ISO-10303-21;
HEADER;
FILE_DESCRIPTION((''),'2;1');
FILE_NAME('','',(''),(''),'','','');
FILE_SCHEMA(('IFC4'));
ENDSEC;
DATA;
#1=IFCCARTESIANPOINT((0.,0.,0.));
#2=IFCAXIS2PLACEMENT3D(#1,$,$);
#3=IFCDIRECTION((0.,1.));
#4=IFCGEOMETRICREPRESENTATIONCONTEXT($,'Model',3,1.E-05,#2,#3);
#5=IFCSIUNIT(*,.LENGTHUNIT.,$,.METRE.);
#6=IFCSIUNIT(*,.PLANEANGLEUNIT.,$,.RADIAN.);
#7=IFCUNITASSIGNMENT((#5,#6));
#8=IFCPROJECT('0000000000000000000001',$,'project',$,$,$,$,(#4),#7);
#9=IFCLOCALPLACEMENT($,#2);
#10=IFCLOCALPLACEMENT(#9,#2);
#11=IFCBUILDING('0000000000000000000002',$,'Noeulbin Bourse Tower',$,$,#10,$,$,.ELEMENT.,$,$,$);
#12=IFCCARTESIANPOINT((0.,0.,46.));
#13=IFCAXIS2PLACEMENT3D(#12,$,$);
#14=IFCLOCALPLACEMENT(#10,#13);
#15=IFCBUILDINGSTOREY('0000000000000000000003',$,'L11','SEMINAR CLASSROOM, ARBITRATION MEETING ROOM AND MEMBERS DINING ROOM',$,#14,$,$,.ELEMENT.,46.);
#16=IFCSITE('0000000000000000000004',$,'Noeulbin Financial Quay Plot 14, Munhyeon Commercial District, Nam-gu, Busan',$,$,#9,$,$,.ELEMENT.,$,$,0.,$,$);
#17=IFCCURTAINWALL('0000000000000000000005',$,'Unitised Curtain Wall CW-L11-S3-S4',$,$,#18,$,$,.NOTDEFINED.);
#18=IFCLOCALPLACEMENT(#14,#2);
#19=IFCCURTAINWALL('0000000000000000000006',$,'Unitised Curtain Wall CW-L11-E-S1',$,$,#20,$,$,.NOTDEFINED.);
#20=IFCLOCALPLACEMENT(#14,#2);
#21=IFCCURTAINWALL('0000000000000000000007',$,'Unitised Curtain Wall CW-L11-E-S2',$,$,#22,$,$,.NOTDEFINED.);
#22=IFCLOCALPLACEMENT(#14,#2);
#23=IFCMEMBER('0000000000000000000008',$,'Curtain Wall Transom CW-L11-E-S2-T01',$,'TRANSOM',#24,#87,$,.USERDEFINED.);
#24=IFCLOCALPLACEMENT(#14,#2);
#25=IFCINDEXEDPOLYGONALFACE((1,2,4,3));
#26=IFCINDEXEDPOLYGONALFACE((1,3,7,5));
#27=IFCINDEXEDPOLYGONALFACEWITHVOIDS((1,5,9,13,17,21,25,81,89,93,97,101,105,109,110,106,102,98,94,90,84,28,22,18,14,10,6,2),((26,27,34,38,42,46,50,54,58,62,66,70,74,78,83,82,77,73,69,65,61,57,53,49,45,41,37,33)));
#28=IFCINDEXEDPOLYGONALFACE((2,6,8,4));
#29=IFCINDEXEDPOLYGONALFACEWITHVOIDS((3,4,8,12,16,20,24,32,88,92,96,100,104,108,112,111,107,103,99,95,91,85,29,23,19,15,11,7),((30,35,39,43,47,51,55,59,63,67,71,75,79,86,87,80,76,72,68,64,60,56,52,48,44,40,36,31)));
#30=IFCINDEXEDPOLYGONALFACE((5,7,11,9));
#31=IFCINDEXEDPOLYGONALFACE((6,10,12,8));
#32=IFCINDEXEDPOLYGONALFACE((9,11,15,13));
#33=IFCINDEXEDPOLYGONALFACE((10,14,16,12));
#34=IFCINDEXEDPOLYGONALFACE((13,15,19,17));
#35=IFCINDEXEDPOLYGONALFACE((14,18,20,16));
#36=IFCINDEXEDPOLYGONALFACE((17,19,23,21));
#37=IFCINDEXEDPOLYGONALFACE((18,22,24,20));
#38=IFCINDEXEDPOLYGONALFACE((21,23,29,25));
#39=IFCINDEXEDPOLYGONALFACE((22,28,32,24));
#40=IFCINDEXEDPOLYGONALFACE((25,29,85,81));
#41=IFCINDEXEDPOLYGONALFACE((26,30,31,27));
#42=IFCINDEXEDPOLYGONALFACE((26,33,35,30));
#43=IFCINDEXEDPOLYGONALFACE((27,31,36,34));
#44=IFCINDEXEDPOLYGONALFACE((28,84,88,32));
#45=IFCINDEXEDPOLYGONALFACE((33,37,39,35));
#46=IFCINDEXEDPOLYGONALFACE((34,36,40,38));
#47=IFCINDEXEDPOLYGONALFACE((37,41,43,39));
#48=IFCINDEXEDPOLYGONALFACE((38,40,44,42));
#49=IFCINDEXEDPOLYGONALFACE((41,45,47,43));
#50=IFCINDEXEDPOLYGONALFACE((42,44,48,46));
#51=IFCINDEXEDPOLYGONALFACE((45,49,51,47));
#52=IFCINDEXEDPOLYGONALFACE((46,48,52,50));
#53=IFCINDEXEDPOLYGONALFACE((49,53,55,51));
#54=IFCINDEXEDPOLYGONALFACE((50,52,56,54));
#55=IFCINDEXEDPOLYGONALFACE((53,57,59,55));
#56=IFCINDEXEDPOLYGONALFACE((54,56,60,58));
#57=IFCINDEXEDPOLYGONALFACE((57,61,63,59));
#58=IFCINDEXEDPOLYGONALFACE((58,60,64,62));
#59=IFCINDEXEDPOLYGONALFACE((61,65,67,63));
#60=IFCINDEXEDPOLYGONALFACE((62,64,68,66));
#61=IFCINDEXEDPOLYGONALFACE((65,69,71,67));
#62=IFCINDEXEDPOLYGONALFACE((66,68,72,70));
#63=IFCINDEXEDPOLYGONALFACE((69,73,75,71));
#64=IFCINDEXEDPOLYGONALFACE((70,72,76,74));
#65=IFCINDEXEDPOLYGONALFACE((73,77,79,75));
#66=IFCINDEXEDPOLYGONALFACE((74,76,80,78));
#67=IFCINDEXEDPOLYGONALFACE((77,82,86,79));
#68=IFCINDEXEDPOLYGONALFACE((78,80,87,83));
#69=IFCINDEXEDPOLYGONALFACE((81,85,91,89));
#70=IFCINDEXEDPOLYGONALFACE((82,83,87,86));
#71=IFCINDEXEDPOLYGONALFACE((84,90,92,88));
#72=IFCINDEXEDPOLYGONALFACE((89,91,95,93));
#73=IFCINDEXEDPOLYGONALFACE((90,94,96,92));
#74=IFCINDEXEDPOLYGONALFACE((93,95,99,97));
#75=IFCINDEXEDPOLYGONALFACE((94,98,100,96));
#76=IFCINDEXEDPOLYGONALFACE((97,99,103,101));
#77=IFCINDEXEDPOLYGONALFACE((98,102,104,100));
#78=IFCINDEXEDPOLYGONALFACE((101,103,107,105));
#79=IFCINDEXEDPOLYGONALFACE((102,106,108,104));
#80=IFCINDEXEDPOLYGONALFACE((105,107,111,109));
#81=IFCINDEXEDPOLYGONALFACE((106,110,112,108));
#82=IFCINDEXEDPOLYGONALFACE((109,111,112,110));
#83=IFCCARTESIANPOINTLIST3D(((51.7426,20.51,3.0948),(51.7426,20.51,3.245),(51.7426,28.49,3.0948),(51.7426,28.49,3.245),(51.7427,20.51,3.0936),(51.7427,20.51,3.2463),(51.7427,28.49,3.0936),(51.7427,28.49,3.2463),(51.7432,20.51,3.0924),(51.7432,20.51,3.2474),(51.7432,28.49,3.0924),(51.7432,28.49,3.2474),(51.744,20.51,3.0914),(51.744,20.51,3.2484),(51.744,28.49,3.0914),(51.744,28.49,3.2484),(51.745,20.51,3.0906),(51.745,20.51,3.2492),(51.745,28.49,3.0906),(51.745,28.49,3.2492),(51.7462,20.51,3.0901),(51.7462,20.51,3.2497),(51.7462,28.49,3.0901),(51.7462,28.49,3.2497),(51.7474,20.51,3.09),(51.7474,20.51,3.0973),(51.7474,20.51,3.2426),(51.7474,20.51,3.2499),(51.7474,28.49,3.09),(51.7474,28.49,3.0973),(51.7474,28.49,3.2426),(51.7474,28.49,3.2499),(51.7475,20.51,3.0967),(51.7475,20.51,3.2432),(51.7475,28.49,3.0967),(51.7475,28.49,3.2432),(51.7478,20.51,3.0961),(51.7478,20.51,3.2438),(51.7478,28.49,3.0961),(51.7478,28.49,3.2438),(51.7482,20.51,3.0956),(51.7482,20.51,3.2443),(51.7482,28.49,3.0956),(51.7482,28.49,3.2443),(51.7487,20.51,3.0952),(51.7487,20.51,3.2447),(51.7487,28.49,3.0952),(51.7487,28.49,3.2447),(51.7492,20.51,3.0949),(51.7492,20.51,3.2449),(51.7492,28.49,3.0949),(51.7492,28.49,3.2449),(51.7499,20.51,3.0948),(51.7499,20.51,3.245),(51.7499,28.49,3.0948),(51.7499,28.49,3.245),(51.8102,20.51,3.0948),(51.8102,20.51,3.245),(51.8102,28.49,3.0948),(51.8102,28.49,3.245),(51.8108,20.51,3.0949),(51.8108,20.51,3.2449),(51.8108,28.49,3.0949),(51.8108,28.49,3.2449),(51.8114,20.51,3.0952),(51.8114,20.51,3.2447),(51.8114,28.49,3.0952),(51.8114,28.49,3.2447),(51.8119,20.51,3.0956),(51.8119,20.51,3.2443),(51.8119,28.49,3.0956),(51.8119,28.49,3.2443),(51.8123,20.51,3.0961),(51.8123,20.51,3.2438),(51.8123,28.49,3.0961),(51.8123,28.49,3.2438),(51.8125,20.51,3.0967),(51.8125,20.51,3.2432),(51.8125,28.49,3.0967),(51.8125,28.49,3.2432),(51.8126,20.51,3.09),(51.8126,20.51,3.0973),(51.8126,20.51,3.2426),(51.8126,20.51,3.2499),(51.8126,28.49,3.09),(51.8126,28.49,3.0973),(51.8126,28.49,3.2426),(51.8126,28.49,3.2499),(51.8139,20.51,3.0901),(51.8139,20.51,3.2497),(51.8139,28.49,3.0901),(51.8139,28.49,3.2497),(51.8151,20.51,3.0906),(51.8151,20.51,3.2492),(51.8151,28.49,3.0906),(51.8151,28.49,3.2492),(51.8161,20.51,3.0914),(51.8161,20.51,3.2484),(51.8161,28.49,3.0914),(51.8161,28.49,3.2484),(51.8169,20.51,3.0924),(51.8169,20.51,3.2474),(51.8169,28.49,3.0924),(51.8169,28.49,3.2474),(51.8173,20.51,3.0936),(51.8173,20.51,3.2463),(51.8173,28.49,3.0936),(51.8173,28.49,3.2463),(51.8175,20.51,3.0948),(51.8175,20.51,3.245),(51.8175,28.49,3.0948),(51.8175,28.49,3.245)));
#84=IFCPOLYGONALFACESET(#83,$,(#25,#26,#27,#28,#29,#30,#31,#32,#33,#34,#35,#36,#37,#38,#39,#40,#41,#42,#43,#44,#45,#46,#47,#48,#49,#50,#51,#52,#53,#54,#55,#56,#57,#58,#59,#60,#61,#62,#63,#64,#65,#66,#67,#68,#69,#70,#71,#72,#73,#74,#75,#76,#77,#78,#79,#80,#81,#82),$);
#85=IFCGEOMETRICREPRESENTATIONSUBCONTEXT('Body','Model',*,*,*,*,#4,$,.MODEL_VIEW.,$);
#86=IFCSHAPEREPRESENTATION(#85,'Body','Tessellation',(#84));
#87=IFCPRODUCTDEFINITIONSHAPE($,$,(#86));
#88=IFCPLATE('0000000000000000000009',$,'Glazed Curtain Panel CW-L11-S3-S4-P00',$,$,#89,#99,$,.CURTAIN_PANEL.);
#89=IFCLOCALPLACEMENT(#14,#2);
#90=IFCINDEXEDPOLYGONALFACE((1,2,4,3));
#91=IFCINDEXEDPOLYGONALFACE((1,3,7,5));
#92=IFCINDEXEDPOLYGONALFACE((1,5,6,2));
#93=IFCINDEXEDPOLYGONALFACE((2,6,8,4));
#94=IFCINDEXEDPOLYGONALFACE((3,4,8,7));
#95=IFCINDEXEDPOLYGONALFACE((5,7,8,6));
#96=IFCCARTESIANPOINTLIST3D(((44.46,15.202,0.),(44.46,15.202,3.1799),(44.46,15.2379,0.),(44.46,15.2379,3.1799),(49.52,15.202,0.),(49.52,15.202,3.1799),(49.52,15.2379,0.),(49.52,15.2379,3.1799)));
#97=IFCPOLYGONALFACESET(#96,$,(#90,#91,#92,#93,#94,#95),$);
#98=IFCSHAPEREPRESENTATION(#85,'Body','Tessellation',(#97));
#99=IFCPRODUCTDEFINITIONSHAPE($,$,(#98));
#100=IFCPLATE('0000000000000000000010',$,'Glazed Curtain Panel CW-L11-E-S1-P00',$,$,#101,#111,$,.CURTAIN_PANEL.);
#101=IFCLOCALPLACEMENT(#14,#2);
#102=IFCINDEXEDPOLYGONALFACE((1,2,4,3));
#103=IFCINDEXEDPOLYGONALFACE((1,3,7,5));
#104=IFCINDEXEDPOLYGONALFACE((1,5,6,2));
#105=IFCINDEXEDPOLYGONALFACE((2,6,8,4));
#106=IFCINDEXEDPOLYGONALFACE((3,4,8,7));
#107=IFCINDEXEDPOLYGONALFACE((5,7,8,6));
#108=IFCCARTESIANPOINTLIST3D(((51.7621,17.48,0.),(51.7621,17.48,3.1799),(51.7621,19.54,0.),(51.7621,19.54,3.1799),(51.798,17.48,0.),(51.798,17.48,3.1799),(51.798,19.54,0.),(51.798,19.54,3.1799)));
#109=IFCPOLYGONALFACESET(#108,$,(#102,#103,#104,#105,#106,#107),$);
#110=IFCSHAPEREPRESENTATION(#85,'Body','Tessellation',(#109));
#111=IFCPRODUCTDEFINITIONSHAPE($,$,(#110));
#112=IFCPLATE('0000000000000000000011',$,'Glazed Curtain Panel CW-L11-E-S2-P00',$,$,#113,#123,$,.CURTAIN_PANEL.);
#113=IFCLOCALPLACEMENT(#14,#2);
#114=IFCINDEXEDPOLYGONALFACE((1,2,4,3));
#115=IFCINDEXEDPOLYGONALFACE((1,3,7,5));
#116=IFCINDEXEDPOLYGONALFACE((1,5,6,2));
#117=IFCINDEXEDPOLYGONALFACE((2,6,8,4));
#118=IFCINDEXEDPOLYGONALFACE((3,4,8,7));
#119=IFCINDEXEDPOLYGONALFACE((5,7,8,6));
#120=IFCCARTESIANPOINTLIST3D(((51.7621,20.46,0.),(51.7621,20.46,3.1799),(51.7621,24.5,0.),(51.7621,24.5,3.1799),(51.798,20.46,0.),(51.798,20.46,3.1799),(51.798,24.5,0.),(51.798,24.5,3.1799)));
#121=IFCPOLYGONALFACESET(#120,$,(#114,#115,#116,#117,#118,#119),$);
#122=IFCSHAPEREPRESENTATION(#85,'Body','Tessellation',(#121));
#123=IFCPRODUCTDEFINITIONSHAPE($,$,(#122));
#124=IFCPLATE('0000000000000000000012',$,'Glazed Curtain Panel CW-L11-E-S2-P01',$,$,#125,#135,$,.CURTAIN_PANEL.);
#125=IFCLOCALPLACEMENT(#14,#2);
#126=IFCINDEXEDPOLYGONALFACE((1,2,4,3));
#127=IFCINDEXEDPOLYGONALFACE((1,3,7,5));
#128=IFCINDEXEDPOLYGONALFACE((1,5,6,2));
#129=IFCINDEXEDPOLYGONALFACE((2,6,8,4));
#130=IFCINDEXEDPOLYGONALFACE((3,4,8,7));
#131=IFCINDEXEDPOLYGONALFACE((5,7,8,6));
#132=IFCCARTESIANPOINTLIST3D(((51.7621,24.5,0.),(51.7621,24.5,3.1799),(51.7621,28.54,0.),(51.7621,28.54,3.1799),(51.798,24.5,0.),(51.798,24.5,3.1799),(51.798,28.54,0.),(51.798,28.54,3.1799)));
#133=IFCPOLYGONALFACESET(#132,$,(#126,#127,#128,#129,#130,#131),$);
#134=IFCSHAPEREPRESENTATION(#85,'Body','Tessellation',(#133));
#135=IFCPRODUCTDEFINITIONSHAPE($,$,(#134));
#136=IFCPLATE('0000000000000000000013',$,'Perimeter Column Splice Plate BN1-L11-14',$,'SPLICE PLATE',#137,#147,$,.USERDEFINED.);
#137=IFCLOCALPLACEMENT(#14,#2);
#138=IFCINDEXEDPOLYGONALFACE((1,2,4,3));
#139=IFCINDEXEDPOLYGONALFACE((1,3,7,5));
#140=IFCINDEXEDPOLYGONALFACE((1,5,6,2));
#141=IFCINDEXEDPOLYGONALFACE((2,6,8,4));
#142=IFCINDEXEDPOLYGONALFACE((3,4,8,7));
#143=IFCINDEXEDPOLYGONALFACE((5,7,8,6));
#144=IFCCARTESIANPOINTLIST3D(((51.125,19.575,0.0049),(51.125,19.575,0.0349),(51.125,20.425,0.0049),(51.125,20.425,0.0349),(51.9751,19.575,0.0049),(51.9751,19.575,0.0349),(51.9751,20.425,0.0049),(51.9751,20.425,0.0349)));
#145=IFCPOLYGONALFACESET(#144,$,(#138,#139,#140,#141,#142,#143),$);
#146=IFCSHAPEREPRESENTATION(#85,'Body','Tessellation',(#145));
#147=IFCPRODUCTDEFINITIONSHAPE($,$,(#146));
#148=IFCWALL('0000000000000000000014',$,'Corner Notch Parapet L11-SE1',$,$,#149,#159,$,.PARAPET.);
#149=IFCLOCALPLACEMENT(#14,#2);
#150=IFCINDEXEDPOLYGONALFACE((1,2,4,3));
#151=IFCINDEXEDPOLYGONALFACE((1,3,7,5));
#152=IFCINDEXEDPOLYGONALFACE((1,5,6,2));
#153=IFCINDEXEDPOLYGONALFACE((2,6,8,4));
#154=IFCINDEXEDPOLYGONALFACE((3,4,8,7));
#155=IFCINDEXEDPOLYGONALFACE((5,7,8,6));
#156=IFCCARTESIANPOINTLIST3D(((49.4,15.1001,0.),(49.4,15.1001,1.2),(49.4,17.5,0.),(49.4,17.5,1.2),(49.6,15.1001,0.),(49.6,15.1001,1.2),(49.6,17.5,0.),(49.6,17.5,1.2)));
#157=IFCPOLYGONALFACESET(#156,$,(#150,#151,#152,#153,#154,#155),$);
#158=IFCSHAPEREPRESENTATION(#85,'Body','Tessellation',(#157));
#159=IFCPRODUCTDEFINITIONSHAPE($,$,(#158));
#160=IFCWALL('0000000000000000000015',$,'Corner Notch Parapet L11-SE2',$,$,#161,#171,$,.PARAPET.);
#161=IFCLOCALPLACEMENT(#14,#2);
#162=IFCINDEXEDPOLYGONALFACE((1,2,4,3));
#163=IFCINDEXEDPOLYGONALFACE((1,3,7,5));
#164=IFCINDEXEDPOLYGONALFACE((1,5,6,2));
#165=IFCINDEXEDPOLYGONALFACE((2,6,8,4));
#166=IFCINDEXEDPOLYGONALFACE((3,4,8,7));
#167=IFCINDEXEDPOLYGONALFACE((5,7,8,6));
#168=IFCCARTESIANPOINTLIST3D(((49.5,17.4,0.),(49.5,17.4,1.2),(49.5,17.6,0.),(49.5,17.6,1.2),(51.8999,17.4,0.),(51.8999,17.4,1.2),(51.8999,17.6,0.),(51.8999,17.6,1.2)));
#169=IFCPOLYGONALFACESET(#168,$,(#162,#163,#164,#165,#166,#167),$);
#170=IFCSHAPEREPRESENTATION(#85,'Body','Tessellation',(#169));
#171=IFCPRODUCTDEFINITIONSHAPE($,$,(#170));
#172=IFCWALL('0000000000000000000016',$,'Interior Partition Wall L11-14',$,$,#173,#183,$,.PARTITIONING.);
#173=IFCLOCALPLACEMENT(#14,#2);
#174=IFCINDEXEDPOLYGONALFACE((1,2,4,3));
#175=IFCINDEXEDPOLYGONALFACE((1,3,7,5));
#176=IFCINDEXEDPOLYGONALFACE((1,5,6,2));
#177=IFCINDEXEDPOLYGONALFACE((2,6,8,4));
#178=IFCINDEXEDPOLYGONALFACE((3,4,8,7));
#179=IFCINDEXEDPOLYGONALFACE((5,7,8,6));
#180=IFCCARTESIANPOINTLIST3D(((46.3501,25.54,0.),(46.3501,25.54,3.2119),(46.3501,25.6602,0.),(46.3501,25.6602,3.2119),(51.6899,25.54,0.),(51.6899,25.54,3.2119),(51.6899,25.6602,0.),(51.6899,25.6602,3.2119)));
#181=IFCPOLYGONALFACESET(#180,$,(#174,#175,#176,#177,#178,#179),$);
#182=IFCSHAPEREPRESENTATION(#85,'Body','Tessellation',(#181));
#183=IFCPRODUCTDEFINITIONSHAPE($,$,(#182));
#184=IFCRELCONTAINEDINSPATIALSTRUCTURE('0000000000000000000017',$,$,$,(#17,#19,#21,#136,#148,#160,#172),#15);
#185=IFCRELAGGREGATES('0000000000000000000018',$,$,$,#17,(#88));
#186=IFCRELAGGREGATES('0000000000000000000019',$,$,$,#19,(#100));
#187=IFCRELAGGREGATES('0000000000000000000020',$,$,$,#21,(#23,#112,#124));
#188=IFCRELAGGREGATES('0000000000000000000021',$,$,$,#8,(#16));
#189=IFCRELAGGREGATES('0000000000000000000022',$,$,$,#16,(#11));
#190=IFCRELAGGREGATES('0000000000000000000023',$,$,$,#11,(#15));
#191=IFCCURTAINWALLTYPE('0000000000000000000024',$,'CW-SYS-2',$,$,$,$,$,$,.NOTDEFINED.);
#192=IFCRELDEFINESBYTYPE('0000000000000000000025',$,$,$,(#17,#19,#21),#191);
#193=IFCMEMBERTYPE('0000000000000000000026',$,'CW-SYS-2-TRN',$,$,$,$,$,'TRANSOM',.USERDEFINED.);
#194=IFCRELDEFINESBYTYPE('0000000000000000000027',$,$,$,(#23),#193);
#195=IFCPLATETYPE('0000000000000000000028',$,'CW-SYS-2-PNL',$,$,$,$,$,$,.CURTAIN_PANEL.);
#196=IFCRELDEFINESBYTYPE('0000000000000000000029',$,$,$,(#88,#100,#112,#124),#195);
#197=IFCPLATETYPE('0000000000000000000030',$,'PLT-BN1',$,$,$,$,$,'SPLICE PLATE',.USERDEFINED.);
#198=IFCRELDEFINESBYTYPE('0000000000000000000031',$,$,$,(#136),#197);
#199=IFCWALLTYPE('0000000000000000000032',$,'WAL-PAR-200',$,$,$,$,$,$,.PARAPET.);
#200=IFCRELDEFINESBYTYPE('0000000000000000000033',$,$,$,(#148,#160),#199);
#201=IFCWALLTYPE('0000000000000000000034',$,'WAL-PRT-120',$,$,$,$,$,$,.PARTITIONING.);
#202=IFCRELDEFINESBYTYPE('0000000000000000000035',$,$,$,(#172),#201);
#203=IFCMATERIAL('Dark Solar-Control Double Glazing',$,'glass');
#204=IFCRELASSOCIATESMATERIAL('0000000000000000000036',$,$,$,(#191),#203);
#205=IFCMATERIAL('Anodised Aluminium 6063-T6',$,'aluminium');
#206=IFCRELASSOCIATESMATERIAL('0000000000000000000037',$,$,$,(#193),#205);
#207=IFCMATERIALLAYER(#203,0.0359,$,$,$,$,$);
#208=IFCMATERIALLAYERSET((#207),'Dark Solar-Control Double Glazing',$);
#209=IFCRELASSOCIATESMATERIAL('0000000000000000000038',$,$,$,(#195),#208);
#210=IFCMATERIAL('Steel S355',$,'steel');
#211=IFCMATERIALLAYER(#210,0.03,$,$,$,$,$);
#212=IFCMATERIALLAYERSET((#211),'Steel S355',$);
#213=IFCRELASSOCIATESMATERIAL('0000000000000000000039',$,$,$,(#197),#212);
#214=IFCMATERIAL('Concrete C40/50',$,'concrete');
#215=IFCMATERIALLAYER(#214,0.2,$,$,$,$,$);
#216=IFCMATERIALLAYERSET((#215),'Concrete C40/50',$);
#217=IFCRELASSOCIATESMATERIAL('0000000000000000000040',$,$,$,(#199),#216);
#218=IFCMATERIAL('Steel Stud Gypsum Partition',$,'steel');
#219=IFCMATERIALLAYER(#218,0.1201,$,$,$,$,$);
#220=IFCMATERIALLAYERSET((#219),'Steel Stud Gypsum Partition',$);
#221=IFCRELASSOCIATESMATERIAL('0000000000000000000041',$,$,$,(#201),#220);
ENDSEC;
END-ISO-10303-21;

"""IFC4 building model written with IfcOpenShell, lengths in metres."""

from ifc_helpers import new_model, si_unit, direction, frame, frame_2d, origin, origin_2d, place, context, subcontext, project, spatial, rectangle, hollow_rectangle, extrude, material, layer, layer_set, material_profile, profile_set, type_object, element, aggregate, save


model = new_model("IFC4")

# Units and contexts
model_context = context("Model", 3, precision=1e-05, world=origin(), true_north=direction((0.0, 1.0)))
body_context = subcontext(model_context, "Body", "Model", "MODEL_VIEW")
ifc_project = project(units=[si_unit("LENGTHUNIT", "METRE"), si_unit("PLANEANGLEUNIT", "RADIAN")], contexts=[model_context])

# Site, building, storey
site_placement = place(None, origin())
site = spatial("IfcSite", under=ifc_project, at=site_placement, Name="Noeulbin Financial Quay Plot 14, Munhyeon Commercial District, Nam-gu, Busan", CompositionType="ELEMENT", RefElevation=0.0)
building_placement = place(site_placement, origin())
building = spatial("IfcBuilding", under=site, at=building_placement, Name="Noeulbin Bourse Tower", CompositionType="ELEMENT")
storey_placement = place(building_placement, frame((0.0, 0.0, 46.0)))
storey = spatial("IfcBuildingStorey", under=building, at=storey_placement, Name="L11", Description="SEMINAR CLASSROOM, ARBITRATION MEETING ROOM AND MEMBERS DINING ROOM", CompositionType="ELEMENT", Elevation=46.0)

# Shared definitions
ifc_material_1 = material(Name="Steel S355", Category="steel")

# Curtain walls
ifc_material_2 = material(Name="Dark Solar-Control Double Glazing", Category="glass")
curtain_wall_type = type_object("IfcCurtainWallType", Name="CW-SYS-2", PredefinedType="NOTDEFINED", material=ifc_material_2)
curtain_wall_1_placement = place(storey_placement, origin())
curtain_wall_1 = element("IfcCurtainWall", 1, at=curtain_wall_1_placement, inside=storey, type_object=curtain_wall_type, Name="Unitised Curtain Wall CW-L11-S3-S4", PredefinedType="NOTDEFINED")
ifc_material_3 = material(Name="Anodised Aluminium 6063-T6", Category="aluminium")
curtain_wall_2_placement = place(storey_placement, origin())
curtain_wall_2 = element("IfcCurtainWall", 2, at=curtain_wall_2_placement, inside=storey, type_object=curtain_wall_type, Name="Unitised Curtain Wall CW-L11-E-S1", PredefinedType="NOTDEFINED")
curtain_wall_3_placement = place(storey_placement, origin())
curtain_wall_3 = element("IfcCurtainWall", 3, at=curtain_wall_3_placement, inside=storey, type_object=curtain_wall_type, Name="Unitised Curtain Wall CW-L11-E-S2", PredefinedType="NOTDEFINED")

# Member
ifc_material_profile_1 = material_profile(ifc_material_3, hollow_rectangle(XDim=0.075, YDim=0.1599, WallThickness=0.0049, InnerFilletRadius=0.0024, OuterFilletRadius=0.0049, at=origin_2d()), Name="ALU-TRAN-75x160x5", Category="LoadBearing")
ifc_profile_set_1 = profile_set([ifc_material_profile_1], Name="Anodised Aluminium 6063-T6")
member_type_1 = type_object("IfcMemberType", Name="CW-SYS-2-TRN", ElementType="TRANSOM", PredefinedType="USERDEFINED", material=ifc_profile_set_1)
member_1_placement = place(storey_placement, frame((51.78, 20.51, 3.1699), z_axis=(0.0, 1.0, 0.0), x_axis=(-1.0, 0.0, 0.0)))
member_1 = element("IfcMember", 4, at=member_1_placement, type_object=member_type_1, Name="Curtain Wall Transom CW-L11-E-S2-T01", ObjectType="TRANSOM", PredefinedType="USERDEFINED", context=body_context, shape_type="SweptSolid", body=[
    extrude(hollow_rectangle(XDim=0.075, YDim=0.1599, WallThickness=0.0049, InnerFilletRadius=0.0024, OuterFilletRadius=0.0049, at=origin_2d()), origin(), (0.0, 0.0, 1.0), 7.98),
])

# Plates
ifc_layer_1 = layer(ifc_material_2, 0.0359)
ifc_layer_set_1 = layer_set([ifc_layer_1], Name="Dark Solar-Control Double Glazing")
plate_type_1 = type_object("IfcPlateType", Name="CW-SYS-2-PNL", PredefinedType="CURTAIN_PANEL", material=ifc_layer_set_1)
plate_1_placement = place(storey_placement, frame((46.99, 15.22, 0.0), z_axis=(0.0, 0.0, 1.0), x_axis=(1.0, 0.0, 0.0)))
plate_1 = element("IfcPlate", 5, at=plate_1_placement, type_object=plate_type_1, Name="Glazed Curtain Panel CW-L11-S3-S4-P00", PredefinedType="CURTAIN_PANEL", context=body_context, shape_type="SweptSolid", body=[
    extrude(rectangle(XDim=5.0601, YDim=0.0359, at=origin_2d()), origin(), (0.0, 0.0, 1.0), 3.1799),
])
aggregate(curtain_wall_1, [plate_1])
plate_2_placement = place(storey_placement, frame((51.78, 18.51, 0.0), z_axis=(0.0, 0.0, 1.0), x_axis=(0.0, 1.0, 0.0)))
plate_2 = element("IfcPlate", 6, at=plate_2_placement, type_object=plate_type_1, Name="Glazed Curtain Panel CW-L11-E-S1-P00", PredefinedType="CURTAIN_PANEL", context=body_context, shape_type="SweptSolid", body=[
    extrude(rectangle(XDim=2.0601, YDim=0.0359, at=origin_2d()), origin(), (0.0, 0.0, 1.0), 3.1799),
])
aggregate(curtain_wall_2, [plate_2])
plate_3_placement = place(storey_placement, frame((51.78, 22.48, 0.0), z_axis=(0.0, 0.0, 1.0), x_axis=(0.0, 1.0, 0.0)))
plate_3 = element("IfcPlate", 7, at=plate_3_placement, type_object=plate_type_1, Name="Glazed Curtain Panel CW-L11-E-S2-P00", PredefinedType="CURTAIN_PANEL", context=body_context, shape_type="SweptSolid", body=[
    extrude(rectangle(XDim=4.04, YDim=0.0359, at=origin_2d()), origin(), (0.0, 0.0, 1.0), 3.1799),
])
plate_4_placement = place(storey_placement, frame((51.78, 26.52, 0.0), z_axis=(0.0, 0.0, 1.0), x_axis=(0.0, 1.0, 0.0)))
plate_4 = element("IfcPlate", 8, at=plate_4_placement, type_object=plate_type_1, Name="Glazed Curtain Panel CW-L11-E-S2-P01", PredefinedType="CURTAIN_PANEL", context=body_context, shape_type="SweptSolid", body=[
    extrude(rectangle(XDim=4.04, YDim=0.0359, at=origin_2d()), origin(), (0.0, 0.0, 1.0), 3.1799),
])
aggregate(curtain_wall_3, [member_1, plate_3, plate_4])
ifc_layer_2 = layer(ifc_material_1, 0.03)
ifc_layer_set_2 = layer_set([ifc_layer_2], Name="Steel S355")
plate_type_2 = type_object("IfcPlateType", Name="PLT-BN1", ElementType="SPLICE PLATE", PredefinedType="USERDEFINED", material=ifc_layer_set_2)
plate_5_placement = place(storey_placement, frame((51.55, 20.0, 0.0049), z_axis=(0.0, 0.0, 1.0), x_axis=(1.0, 0.0, 0.0)))
element("IfcPlate", 9, at=plate_5_placement, inside=storey, type_object=plate_type_2, Name="Perimeter Column Splice Plate BN1-L11-14", ObjectType="SPLICE PLATE", PredefinedType="USERDEFINED", context=body_context, shape_type="SweptSolid", body=[
    extrude(rectangle(XDim=0.8501, YDim=0.8501, at=origin_2d()), origin(), (0.0, 0.0, 1.0), 0.03),
])

# Walls
ifc_material_4 = material(Name="Concrete C40/50", Category="concrete")
ifc_layer_3 = layer(ifc_material_4, 0.2)
ifc_layer_set_3 = layer_set([ifc_layer_3], Name="Concrete C40/50")
wall_type_1 = type_object("IfcWallType", Name="WAL-PAR-200", PredefinedType="PARAPET", material=ifc_layer_set_3)
for number, where, z_axis, x_axis, name in (
    (10, (49.5, 15.1001, 0.0), (0.0, 0.0, 1.0), (0.0, 1.0, 0.0), "Corner Notch Parapet L11-SE1"),
    (11, (49.5, 17.5, 0.0), (0.0, 0.0, 1.0), (1.0, 0.0, 0.0), "Corner Notch Parapet L11-SE2"),
):
    element("IfcWall", number, at=place(storey_placement, frame(where, z_axis=z_axis, x_axis=x_axis)), inside=storey, type_object=wall_type_1, Name=name, PredefinedType="PARAPET", context=body_context, shape_type="SweptSolid", body=[
        extrude(rectangle(XDim=2.3999, YDim=0.2, at=frame_2d((1.2, 0.0))), origin(), (0.0, 0.0, 1.0), 1.2),
    ])
ifc_material_5 = material(Name="Steel Stud Gypsum Partition", Category="steel")
ifc_layer_4 = layer(ifc_material_5, 0.1201)
ifc_layer_set_4 = layer_set([ifc_layer_4], Name="Steel Stud Gypsum Partition")
wall_type_2 = type_object("IfcWallType", Name="WAL-PRT-120", PredefinedType="PARTITIONING", material=ifc_layer_set_4)
wall_1_placement = place(storey_placement, frame((46.3501, 25.6001, 0.0), z_axis=(0.0, 0.0, 1.0), x_axis=(1.0, 0.0, 0.0)))
element("IfcWall", 12, at=wall_1_placement, inside=storey, type_object=wall_type_2, Name="Interior Partition Wall L11-14", PredefinedType="PARTITIONING", context=body_context, shape_type="SweptSolid", body=[
    extrude(rectangle(XDim=5.3398, YDim=0.1201, at=frame_2d((2.6699, 0.0))), origin(), (0.0, 0.0, 1.0), 3.2119),
])

save(model, "model.ifc")
